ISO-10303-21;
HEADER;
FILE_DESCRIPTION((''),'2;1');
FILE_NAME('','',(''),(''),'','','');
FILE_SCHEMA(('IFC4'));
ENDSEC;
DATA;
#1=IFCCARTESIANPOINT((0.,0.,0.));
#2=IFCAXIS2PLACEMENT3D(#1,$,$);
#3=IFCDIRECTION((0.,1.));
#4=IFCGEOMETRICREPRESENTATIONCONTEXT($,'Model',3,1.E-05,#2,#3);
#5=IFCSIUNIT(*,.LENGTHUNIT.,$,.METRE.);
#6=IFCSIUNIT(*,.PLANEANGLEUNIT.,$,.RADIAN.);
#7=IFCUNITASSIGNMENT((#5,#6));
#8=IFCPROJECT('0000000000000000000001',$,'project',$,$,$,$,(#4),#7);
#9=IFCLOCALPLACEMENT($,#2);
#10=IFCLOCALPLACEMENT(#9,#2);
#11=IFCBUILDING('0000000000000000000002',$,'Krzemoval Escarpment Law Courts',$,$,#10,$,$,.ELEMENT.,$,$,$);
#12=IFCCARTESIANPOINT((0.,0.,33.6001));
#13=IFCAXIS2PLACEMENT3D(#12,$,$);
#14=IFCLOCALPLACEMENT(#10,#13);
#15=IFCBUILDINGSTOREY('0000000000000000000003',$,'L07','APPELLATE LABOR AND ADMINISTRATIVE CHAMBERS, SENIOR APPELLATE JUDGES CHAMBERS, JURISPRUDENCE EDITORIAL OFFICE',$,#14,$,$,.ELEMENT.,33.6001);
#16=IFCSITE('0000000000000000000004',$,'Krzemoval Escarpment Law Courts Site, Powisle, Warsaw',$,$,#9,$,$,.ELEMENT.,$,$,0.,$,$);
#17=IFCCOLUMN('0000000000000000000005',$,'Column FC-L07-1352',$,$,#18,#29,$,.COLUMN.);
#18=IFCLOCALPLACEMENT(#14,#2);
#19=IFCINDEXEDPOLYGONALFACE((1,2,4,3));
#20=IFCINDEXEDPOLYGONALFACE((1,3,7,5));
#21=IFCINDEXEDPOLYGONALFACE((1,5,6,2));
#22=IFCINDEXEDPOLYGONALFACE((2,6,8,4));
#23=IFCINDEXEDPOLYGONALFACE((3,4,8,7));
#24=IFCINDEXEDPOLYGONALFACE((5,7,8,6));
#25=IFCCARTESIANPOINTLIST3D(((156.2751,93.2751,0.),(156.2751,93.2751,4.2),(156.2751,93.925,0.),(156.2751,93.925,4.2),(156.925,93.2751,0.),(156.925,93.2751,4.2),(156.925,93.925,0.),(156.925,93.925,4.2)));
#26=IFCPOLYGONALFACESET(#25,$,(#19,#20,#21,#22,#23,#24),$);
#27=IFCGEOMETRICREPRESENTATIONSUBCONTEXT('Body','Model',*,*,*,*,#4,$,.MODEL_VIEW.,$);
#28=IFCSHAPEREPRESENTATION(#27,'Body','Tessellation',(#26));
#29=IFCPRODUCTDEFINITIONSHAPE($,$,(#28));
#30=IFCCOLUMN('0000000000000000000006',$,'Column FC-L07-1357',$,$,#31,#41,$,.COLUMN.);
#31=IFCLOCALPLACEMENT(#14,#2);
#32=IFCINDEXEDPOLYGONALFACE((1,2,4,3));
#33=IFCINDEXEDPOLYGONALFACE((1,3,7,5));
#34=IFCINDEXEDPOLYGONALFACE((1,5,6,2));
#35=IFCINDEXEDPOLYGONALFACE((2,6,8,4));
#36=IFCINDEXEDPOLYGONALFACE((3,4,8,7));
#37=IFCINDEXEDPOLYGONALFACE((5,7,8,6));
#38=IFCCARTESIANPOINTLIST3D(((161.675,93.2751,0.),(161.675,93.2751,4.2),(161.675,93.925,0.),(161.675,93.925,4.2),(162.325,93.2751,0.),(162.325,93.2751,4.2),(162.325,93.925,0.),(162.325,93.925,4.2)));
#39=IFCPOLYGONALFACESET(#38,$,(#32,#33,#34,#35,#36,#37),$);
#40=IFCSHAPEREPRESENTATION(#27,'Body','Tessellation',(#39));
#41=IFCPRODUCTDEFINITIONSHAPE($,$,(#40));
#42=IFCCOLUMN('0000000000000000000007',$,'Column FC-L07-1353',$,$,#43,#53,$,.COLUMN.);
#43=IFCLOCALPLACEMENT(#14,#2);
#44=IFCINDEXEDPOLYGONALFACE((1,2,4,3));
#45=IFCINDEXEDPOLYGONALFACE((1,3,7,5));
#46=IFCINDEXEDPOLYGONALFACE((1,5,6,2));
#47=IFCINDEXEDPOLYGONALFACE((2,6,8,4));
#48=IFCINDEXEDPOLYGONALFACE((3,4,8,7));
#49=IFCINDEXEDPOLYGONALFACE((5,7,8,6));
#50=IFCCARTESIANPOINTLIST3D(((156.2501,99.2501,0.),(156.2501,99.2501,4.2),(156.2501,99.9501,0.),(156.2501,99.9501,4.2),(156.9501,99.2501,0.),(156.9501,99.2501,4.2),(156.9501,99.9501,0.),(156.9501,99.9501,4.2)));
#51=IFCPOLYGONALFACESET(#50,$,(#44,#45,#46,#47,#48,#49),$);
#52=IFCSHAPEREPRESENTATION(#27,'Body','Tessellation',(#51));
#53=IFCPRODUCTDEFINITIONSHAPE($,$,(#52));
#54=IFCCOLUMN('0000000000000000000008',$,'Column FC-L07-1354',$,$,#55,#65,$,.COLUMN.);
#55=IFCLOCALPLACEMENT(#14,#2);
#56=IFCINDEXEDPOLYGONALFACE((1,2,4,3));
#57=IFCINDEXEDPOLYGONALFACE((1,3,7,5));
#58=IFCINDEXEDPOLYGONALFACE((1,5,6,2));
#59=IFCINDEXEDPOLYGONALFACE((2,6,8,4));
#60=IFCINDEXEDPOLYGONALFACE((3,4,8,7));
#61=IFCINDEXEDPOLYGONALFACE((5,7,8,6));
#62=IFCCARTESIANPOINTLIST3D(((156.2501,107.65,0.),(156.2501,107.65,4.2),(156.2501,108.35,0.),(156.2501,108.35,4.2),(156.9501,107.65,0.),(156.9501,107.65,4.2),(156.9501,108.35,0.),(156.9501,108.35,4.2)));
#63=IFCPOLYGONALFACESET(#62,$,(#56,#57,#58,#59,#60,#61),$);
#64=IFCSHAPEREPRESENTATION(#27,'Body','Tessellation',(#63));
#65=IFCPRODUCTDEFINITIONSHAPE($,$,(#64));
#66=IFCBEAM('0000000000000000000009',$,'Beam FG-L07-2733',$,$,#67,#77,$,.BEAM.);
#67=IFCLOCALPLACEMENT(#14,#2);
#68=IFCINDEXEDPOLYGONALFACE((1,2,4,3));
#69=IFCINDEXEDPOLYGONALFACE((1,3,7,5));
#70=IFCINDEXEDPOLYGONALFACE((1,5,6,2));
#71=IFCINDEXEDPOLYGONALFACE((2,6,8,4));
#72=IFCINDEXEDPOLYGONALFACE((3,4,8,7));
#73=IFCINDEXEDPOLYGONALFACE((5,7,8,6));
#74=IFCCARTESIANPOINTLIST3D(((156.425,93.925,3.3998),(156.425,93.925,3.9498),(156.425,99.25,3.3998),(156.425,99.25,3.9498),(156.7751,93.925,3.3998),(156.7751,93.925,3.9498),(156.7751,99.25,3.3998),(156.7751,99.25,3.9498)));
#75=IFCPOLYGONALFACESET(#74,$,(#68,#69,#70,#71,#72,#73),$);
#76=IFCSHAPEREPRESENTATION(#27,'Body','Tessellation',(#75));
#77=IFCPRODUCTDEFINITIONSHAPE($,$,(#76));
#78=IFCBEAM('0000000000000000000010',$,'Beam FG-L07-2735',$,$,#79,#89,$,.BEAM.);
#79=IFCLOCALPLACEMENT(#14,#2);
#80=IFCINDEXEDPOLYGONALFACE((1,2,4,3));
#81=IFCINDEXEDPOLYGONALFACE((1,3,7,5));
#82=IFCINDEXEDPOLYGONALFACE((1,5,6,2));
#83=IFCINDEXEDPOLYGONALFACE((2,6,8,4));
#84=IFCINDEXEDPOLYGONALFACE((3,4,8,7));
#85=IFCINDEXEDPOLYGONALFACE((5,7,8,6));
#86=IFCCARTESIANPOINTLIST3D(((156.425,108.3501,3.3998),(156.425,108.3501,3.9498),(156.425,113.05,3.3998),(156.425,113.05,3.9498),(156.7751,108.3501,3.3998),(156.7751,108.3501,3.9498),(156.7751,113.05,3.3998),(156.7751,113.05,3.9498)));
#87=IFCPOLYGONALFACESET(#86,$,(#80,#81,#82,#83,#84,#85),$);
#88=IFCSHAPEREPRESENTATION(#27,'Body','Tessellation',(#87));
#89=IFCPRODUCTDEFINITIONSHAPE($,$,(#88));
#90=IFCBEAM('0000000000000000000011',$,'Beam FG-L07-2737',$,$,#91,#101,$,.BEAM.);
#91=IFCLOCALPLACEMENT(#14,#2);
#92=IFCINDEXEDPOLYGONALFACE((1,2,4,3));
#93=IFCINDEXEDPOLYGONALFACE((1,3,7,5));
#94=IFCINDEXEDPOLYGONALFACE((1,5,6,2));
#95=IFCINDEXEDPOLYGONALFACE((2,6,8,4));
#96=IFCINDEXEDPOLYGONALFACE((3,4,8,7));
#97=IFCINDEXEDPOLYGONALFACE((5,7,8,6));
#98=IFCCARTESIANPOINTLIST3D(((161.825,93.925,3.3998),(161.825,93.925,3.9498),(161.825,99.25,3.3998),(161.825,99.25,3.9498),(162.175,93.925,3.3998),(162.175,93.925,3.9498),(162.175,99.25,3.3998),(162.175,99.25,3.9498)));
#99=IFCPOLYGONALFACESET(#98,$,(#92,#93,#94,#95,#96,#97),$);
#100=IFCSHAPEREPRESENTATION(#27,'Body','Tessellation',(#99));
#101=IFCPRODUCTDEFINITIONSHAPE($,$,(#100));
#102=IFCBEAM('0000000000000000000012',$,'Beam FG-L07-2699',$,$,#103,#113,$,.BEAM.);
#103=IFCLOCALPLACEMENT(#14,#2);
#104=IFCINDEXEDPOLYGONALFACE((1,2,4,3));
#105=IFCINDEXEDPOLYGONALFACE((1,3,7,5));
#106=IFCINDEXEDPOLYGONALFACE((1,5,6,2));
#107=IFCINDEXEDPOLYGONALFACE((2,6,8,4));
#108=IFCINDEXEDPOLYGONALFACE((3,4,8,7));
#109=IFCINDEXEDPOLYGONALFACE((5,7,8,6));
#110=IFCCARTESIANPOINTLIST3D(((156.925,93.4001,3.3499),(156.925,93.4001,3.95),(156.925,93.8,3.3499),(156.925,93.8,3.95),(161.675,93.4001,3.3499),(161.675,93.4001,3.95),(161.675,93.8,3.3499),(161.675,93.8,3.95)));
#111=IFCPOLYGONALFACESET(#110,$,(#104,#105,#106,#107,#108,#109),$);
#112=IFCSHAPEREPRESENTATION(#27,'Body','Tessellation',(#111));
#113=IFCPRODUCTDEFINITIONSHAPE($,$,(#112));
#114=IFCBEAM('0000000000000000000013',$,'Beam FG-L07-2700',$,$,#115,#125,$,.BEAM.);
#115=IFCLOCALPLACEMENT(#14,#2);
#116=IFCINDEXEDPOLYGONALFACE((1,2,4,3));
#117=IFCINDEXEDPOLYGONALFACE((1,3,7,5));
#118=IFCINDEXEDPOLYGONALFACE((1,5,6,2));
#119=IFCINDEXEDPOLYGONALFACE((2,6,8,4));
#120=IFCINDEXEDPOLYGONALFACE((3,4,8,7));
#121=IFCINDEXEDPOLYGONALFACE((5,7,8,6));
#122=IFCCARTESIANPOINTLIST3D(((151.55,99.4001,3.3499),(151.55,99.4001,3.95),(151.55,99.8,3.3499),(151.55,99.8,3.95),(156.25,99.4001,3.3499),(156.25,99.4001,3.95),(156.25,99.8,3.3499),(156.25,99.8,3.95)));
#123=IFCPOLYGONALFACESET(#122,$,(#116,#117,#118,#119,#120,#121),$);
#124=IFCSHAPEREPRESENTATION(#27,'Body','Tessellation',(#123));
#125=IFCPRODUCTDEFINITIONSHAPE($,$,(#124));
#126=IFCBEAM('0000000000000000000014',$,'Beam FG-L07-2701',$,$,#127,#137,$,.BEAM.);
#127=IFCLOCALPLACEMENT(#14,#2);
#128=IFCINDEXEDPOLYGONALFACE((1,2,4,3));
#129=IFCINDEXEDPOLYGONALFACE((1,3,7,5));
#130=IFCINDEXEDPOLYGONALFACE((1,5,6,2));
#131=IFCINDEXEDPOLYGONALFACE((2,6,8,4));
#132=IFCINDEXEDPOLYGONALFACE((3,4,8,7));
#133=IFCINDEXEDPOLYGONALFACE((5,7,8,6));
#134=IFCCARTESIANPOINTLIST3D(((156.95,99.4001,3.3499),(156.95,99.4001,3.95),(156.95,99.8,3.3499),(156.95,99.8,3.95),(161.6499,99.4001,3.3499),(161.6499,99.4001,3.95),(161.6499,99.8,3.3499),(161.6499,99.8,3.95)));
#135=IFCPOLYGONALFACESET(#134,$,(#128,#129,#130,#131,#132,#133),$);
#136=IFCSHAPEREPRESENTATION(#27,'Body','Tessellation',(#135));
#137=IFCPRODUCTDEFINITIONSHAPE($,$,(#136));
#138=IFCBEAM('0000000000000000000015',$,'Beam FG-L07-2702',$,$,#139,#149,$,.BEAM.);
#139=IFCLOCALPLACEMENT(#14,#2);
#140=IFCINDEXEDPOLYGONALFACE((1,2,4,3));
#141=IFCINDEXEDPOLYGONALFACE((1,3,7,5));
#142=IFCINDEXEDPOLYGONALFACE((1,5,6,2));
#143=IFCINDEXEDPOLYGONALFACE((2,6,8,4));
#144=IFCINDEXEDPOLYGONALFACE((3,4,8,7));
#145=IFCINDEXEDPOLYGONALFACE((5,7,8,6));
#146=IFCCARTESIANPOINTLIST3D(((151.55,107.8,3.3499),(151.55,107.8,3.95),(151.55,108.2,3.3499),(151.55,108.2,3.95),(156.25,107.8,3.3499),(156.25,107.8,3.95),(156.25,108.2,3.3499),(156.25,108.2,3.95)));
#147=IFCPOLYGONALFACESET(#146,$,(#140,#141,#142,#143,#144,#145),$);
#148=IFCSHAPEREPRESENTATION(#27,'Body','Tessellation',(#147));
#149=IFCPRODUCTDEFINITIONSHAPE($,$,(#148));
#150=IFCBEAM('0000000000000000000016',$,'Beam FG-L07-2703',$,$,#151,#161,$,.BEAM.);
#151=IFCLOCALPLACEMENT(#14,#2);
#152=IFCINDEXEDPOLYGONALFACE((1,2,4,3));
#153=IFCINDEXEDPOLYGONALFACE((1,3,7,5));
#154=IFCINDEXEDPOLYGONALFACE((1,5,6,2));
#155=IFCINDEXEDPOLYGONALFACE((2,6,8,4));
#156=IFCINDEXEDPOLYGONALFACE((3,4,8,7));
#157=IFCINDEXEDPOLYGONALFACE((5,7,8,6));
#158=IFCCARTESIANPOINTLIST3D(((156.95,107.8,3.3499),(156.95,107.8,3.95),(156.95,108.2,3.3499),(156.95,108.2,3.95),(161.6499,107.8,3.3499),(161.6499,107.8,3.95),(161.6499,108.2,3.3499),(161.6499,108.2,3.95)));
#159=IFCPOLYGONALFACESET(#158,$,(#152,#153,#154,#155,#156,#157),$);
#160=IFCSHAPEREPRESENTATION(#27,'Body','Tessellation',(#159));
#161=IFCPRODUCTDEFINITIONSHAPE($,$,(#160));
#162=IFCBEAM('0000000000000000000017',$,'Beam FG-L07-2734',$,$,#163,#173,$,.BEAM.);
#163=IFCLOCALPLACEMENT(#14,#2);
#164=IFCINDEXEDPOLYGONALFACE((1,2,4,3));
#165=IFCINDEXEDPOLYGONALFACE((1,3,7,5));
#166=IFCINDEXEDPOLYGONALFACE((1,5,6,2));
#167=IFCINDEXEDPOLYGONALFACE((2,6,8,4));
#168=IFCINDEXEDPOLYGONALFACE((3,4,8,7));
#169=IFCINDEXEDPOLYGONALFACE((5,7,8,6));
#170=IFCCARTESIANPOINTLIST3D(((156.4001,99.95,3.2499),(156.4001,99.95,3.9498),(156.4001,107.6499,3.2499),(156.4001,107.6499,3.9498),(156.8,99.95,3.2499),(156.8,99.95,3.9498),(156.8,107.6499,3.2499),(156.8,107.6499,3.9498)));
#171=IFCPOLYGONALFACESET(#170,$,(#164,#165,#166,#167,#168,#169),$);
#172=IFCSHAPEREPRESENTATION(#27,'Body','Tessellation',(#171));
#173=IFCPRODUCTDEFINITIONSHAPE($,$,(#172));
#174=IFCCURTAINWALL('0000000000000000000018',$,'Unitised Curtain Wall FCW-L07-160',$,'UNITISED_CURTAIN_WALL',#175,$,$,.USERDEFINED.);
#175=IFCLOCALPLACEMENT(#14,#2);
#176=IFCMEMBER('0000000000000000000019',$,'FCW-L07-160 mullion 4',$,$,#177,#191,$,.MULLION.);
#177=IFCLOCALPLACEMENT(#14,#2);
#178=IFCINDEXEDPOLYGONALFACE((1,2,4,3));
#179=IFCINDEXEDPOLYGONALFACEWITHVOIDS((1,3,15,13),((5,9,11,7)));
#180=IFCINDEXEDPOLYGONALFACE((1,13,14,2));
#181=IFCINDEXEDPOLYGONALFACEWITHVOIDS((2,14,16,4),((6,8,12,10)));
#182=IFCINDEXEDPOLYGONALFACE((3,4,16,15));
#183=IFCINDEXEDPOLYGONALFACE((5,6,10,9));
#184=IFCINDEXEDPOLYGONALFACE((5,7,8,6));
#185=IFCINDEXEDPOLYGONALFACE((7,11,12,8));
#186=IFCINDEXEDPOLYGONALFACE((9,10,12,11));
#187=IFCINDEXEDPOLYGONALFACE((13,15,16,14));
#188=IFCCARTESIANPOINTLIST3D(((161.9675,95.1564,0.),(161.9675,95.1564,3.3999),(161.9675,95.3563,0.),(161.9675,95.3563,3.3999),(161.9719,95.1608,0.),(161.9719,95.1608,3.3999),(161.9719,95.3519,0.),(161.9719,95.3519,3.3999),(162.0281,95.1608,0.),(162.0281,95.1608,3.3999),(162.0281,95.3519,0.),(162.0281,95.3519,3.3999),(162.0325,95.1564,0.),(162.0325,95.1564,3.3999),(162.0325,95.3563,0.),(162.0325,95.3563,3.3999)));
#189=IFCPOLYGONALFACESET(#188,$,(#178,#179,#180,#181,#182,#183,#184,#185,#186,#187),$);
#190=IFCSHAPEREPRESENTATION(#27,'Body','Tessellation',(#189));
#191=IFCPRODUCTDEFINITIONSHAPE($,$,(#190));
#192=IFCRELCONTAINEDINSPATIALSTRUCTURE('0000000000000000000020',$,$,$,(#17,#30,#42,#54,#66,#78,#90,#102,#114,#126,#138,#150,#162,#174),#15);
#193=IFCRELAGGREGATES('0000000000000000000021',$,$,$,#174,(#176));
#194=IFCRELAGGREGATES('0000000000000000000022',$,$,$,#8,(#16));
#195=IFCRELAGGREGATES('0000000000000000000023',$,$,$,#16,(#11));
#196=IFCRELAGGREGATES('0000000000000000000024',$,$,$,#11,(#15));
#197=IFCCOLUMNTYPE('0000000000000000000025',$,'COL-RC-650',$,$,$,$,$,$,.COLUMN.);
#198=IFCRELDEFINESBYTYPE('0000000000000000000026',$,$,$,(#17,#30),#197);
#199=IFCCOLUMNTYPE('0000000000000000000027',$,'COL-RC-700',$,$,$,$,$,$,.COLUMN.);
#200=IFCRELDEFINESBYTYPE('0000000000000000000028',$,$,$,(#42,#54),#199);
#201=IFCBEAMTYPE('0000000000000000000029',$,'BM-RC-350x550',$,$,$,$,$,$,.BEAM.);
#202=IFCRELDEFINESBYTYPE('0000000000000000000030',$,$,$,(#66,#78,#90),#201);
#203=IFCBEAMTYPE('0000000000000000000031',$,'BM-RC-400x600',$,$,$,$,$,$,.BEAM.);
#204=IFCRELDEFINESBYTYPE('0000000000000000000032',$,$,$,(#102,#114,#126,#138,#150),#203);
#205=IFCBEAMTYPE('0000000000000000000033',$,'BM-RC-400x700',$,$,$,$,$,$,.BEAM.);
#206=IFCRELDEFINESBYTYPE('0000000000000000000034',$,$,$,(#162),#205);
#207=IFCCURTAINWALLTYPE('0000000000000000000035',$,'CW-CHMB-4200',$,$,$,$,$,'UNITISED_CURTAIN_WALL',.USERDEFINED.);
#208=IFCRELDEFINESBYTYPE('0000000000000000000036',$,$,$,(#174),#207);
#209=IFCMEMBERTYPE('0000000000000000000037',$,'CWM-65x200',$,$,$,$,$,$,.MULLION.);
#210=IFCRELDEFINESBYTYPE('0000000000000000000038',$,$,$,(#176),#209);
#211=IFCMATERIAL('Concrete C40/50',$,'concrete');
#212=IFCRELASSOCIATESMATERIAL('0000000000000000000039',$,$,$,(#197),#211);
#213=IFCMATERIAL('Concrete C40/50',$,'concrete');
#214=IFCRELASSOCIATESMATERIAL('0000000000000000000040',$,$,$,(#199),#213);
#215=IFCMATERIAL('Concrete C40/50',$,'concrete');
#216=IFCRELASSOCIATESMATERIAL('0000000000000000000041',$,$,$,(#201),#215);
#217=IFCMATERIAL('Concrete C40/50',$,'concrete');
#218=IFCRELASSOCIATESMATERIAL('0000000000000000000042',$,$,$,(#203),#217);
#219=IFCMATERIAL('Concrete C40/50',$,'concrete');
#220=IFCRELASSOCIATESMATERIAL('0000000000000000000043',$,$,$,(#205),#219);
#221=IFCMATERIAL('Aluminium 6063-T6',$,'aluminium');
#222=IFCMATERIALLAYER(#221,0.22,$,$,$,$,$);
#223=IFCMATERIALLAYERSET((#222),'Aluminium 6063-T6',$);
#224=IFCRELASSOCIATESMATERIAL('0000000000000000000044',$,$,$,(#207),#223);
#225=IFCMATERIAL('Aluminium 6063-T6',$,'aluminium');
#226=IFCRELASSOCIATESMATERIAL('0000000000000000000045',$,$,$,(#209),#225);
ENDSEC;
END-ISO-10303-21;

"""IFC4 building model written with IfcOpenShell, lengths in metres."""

from ifc_helpers import new_model, si_unit, direction, frame, origin, origin_2d, place, context, subcontext, project, spatial, rectangle, hollow_rectangle, extrude, material, layer, layer_set, material_profile, profile_set, type_object, element, aggregate, save


model = new_model("IFC4")

# Units and contexts
model_context = context("Model", 3, precision=1e-05, world=origin(), true_north=direction((0.0, 1.0)))
body_context = subcontext(model_context, "Body", "Model", "MODEL_VIEW")
ifc_project = project(units=[si_unit("LENGTHUNIT", "METRE"), si_unit("PLANEANGLEUNIT", "RADIAN")], contexts=[model_context])

# Site, building, storey
site_placement = place(None, origin())
site = spatial("IfcSite", under=ifc_project, at=site_placement, Name="Krzemoval Escarpment Law Courts Site, Powisle, Warsaw", CompositionType="ELEMENT", RefElevation=0.0)
building_placement = place(site_placement, origin())
building = spatial("IfcBuilding", under=site, at=building_placement, Name="Krzemoval Escarpment Law Courts", CompositionType="ELEMENT")
storey_placement = place(building_placement, frame((0.0, 0.0, 33.6001)))
storey = spatial("IfcBuildingStorey", under=building, at=storey_placement, Name="L07", Description="APPELLATE LABOR AND ADMINISTRATIVE CHAMBERS, SENIOR APPELLATE JUDGES CHAMBERS, JURISPRUDENCE EDITORIAL OFFICE", CompositionType="ELEMENT", Elevation=33.6001)

# Columns
ifc_material_1 = material(Name="Concrete C40/50", Category="concrete")
ifc_material_profile_1 = material_profile(ifc_material_1, rectangle(XDim=0.6499, YDim=0.6499, at=origin_2d()), Name="RC 650x650")
ifc_profile_set_1 = profile_set([ifc_material_profile_1], Name="Concrete C40/50")
column_type_1 = type_object("IfcColumnType", Name="COL-RC-650", PredefinedType="COLUMN", material=ifc_profile_set_1)
for number, where, z_axis, x_axis, name in (
    (1, (156.6001, 93.6001, 0.0), (0.0, 0.0, 1.0), (1.0, 0.0, 0.0), "Column FC-L07-1352"),
    (2, (162.0, 93.6001, 0.0), (0.0, 0.0, 1.0), (1.0, 0.0, 0.0), "Column FC-L07-1357"),
):
    element("IfcColumn", number, at=place(storey_placement, frame(where, z_axis=z_axis, x_axis=x_axis)), inside=storey, type_object=column_type_1, Name=name, PredefinedType="COLUMN", context=body_context, shape_type="SweptSolid", body=[
        extrude(rectangle(XDim=0.6499, YDim=0.6499, at=origin_2d()), origin(), (0.0, 0.0, 1.0), 4.2),
    ])
ifc_material_2 = material(Name="Concrete C40/50", Category="concrete")
ifc_material_profile_2 = material_profile(ifc_material_2, rectangle(XDim=0.7, YDim=0.7, at=origin_2d()), Name="RC 700x700")
ifc_profile_set_2 = profile_set([ifc_material_profile_2], Name="Concrete C40/50")
column_type_2 = type_object("IfcColumnType", Name="COL-RC-700", PredefinedType="COLUMN", material=ifc_profile_set_2)
for number, where, z_axis, x_axis, name in (
    (3, (156.6001, 99.6001, 0.0), (0.0, 0.0, 1.0), (1.0, 0.0, 0.0), "Column FC-L07-1353"),
    (4, (156.6001, 108.0, 0.0), (0.0, 0.0, 1.0), (1.0, 0.0, 0.0), "Column FC-L07-1354"),
):
    element("IfcColumn", number, at=place(storey_placement, frame(where, z_axis=z_axis, x_axis=x_axis)), inside=storey, type_object=column_type_2, Name=name, PredefinedType="COLUMN", context=body_context, shape_type="SweptSolid", body=[
        extrude(rectangle(XDim=0.7, YDim=0.7, at=origin_2d()), origin(), (0.0, 0.0, 1.0), 4.2),
    ])

# Beams
ifc_material_3 = material(Name="Concrete C40/50", Category="concrete")
ifc_material_profile_3 = material_profile(ifc_material_3, rectangle(XDim=0.3501, YDim=0.55, at=origin_2d()), Name="RCB 350x550")
ifc_profile_set_3 = profile_set([ifc_material_profile_3], Name="Concrete C40/50")
beam_type_1 = type_object("IfcBeamType", Name="BM-RC-350x550", PredefinedType="BEAM", material=ifc_profile_set_3)
beam_1_placement = place(storey_placement, frame((156.6001, 93.925, 3.6748), z_axis=(0.0, 1.0, 0.0), x_axis=(-1.0, 0.0, 0.0)))
element("IfcBeam", 5, at=beam_1_placement, inside=storey, type_object=beam_type_1, Name="Beam FG-L07-2733", PredefinedType="BEAM", context=body_context, shape_type="SweptSolid", body=[
    extrude(rectangle(XDim=0.3501, YDim=0.55, at=origin_2d()), origin(), (0.0, 0.0, 1.0), 5.325),
])
beam_2_placement = place(storey_placement, frame((156.6001, 108.3501, 3.6748), z_axis=(0.0, 1.0, 0.0), x_axis=(-1.0, 0.0, 0.0)))
element("IfcBeam", 6, at=beam_2_placement, inside=storey, type_object=beam_type_1, Name="Beam FG-L07-2735", PredefinedType="BEAM", context=body_context, shape_type="SweptSolid", body=[
    extrude(rectangle(XDim=0.3501, YDim=0.55, at=origin_2d()), origin(), (0.0, 0.0, 1.0), 4.7),
])
beam_3_placement = place(storey_placement, frame((162.0, 93.925, 3.6748), z_axis=(0.0, 1.0, 0.0), x_axis=(-1.0, 0.0, 0.0)))
element("IfcBeam", 7, at=beam_3_placement, inside=storey, type_object=beam_type_1, Name="Beam FG-L07-2737", PredefinedType="BEAM", context=body_context, shape_type="SweptSolid", body=[
    extrude(rectangle(XDim=0.3501, YDim=0.55, at=origin_2d()), origin(), (0.0, 0.0, 1.0), 5.325),
])
ifc_material_4 = material(Name="Concrete C40/50", Category="concrete")
ifc_material_profile_4 = material_profile(ifc_material_4, rectangle(XDim=0.3999, YDim=0.6001, at=origin_2d()), Name="RCB 400x600")
ifc_profile_set_4 = profile_set([ifc_material_profile_4], Name="Concrete C40/50")
beam_type_2 = type_object("IfcBeamType", Name="BM-RC-400x600", PredefinedType="BEAM", material=ifc_profile_set_4)
beam_4_placement = place(storey_placement, frame((156.925, 93.6001, 3.6499), z_axis=(1.0, 0.0, 0.0), x_axis=(0.0, 1.0, 0.0)))
element("IfcBeam", 8, at=beam_4_placement, inside=storey, type_object=beam_type_2, Name="Beam FG-L07-2699", PredefinedType="BEAM", context=body_context, shape_type="SweptSolid", body=[
    extrude(rectangle(XDim=0.3999, YDim=0.6001, at=origin_2d()), origin(), (0.0, 0.0, 1.0), 4.75),
])
for number, where, z_axis, x_axis, name in (
    (9, (151.55, 99.6001, 3.6499), (1.0, 0.0, 0.0), (0.0, 1.0, 0.0), "Beam FG-L07-2700"),
    (10, (156.95, 99.6001, 3.6499), (1.0, 0.0, 0.0), (0.0, 1.0, 0.0), "Beam FG-L07-2701"),
    (11, (151.55, 108.0, 3.6499), (1.0, 0.0, 0.0), (0.0, 1.0, 0.0), "Beam FG-L07-2702"),
    (12, (156.95, 108.0, 3.6499), (1.0, 0.0, 0.0), (0.0, 1.0, 0.0), "Beam FG-L07-2703"),
):
    element("IfcBeam", number, at=place(storey_placement, frame(where, z_axis=z_axis, x_axis=x_axis)), inside=storey, type_object=beam_type_2, Name=name, PredefinedType="BEAM", context=body_context, shape_type="SweptSolid", body=[
        extrude(rectangle(XDim=0.3999, YDim=0.6001, at=origin_2d()), origin(), (0.0, 0.0, 1.0), 4.7),
    ])
ifc_material_5 = material(Name="Concrete C40/50", Category="concrete")
ifc_material_profile_5 = material_profile(ifc_material_5, rectangle(XDim=0.3999, YDim=0.7, at=origin_2d()), Name="RCB 400x700")
ifc_profile_set_5 = profile_set([ifc_material_profile_5], Name="Concrete C40/50")
beam_type_3 = type_object("IfcBeamType", Name="BM-RC-400x700", PredefinedType="BEAM", material=ifc_profile_set_5)
beam_5_placement = place(storey_placement, frame((156.6001, 99.95, 3.5999), z_axis=(0.0, 1.0, 0.0), x_axis=(-1.0, 0.0, 0.0)))
element("IfcBeam", 13, at=beam_5_placement, inside=storey, type_object=beam_type_3, Name="Beam FG-L07-2734", PredefinedType="BEAM", context=body_context, shape_type="SweptSolid", body=[
    extrude(rectangle(XDim=0.3999, YDim=0.7, at=origin_2d()), origin(), (0.0, 0.0, 1.0), 7.7),
])

# Curtain wall, member
ifc_material_6 = material(Name="Aluminium 6063-T6", Category="aluminium")
ifc_layer_1 = layer(ifc_material_6, 0.22)
ifc_layer_set_1 = layer_set([ifc_layer_1], Name="Aluminium 6063-T6")
curtain_wall_type = type_object("IfcCurtainWallType", Name="CW-CHMB-4200", ElementType="UNITISED_CURTAIN_WALL", PredefinedType="USERDEFINED", material=ifc_layer_set_1)
curtain_wall_placement = place(storey_placement, origin())
curtain_wall = element("IfcCurtainWall", 14, at=curtain_wall_placement, inside=storey, type_object=curtain_wall_type, Name="Unitised Curtain Wall FCW-L07-160", ObjectType="UNITISED_CURTAIN_WALL", PredefinedType="USERDEFINED")
ifc_material_7 = material(Name="Aluminium 6063-T6", Category="aluminium")
ifc_material_profile_6 = material_profile(ifc_material_7, hollow_rectangle(XDim=0.0649, YDim=0.2, WallThickness=0.0044, at=origin_2d()), Name="ALU M65x200")
ifc_profile_set_6 = profile_set([ifc_material_profile_6], Name="Aluminium 6063-T6")
member_type_1 = type_object("IfcMemberType", Name="CWM-65x200", PredefinedType="MULLION", material=ifc_profile_set_6)
member_1_placement = place(storey_placement, frame((162.0, 95.2563, 0.0), z_axis=(0.0, 0.0, 1.0), x_axis=(1.0, 0.0, 0.0)))
member_1 = element("IfcMember", 15, at=member_1_placement, type_object=member_type_1, Name="FCW-L07-160 mullion 4", PredefinedType="MULLION", context=body_context, shape_type="SweptSolid", body=[
    extrude(hollow_rectangle(XDim=0.0649, YDim=0.2, WallThickness=0.0044, at=origin_2d()), origin(), (0.0, 0.0, 1.0), 3.3999),
])
aggregate(curtain_wall, [member_1])

save(model, "model.ifc")
